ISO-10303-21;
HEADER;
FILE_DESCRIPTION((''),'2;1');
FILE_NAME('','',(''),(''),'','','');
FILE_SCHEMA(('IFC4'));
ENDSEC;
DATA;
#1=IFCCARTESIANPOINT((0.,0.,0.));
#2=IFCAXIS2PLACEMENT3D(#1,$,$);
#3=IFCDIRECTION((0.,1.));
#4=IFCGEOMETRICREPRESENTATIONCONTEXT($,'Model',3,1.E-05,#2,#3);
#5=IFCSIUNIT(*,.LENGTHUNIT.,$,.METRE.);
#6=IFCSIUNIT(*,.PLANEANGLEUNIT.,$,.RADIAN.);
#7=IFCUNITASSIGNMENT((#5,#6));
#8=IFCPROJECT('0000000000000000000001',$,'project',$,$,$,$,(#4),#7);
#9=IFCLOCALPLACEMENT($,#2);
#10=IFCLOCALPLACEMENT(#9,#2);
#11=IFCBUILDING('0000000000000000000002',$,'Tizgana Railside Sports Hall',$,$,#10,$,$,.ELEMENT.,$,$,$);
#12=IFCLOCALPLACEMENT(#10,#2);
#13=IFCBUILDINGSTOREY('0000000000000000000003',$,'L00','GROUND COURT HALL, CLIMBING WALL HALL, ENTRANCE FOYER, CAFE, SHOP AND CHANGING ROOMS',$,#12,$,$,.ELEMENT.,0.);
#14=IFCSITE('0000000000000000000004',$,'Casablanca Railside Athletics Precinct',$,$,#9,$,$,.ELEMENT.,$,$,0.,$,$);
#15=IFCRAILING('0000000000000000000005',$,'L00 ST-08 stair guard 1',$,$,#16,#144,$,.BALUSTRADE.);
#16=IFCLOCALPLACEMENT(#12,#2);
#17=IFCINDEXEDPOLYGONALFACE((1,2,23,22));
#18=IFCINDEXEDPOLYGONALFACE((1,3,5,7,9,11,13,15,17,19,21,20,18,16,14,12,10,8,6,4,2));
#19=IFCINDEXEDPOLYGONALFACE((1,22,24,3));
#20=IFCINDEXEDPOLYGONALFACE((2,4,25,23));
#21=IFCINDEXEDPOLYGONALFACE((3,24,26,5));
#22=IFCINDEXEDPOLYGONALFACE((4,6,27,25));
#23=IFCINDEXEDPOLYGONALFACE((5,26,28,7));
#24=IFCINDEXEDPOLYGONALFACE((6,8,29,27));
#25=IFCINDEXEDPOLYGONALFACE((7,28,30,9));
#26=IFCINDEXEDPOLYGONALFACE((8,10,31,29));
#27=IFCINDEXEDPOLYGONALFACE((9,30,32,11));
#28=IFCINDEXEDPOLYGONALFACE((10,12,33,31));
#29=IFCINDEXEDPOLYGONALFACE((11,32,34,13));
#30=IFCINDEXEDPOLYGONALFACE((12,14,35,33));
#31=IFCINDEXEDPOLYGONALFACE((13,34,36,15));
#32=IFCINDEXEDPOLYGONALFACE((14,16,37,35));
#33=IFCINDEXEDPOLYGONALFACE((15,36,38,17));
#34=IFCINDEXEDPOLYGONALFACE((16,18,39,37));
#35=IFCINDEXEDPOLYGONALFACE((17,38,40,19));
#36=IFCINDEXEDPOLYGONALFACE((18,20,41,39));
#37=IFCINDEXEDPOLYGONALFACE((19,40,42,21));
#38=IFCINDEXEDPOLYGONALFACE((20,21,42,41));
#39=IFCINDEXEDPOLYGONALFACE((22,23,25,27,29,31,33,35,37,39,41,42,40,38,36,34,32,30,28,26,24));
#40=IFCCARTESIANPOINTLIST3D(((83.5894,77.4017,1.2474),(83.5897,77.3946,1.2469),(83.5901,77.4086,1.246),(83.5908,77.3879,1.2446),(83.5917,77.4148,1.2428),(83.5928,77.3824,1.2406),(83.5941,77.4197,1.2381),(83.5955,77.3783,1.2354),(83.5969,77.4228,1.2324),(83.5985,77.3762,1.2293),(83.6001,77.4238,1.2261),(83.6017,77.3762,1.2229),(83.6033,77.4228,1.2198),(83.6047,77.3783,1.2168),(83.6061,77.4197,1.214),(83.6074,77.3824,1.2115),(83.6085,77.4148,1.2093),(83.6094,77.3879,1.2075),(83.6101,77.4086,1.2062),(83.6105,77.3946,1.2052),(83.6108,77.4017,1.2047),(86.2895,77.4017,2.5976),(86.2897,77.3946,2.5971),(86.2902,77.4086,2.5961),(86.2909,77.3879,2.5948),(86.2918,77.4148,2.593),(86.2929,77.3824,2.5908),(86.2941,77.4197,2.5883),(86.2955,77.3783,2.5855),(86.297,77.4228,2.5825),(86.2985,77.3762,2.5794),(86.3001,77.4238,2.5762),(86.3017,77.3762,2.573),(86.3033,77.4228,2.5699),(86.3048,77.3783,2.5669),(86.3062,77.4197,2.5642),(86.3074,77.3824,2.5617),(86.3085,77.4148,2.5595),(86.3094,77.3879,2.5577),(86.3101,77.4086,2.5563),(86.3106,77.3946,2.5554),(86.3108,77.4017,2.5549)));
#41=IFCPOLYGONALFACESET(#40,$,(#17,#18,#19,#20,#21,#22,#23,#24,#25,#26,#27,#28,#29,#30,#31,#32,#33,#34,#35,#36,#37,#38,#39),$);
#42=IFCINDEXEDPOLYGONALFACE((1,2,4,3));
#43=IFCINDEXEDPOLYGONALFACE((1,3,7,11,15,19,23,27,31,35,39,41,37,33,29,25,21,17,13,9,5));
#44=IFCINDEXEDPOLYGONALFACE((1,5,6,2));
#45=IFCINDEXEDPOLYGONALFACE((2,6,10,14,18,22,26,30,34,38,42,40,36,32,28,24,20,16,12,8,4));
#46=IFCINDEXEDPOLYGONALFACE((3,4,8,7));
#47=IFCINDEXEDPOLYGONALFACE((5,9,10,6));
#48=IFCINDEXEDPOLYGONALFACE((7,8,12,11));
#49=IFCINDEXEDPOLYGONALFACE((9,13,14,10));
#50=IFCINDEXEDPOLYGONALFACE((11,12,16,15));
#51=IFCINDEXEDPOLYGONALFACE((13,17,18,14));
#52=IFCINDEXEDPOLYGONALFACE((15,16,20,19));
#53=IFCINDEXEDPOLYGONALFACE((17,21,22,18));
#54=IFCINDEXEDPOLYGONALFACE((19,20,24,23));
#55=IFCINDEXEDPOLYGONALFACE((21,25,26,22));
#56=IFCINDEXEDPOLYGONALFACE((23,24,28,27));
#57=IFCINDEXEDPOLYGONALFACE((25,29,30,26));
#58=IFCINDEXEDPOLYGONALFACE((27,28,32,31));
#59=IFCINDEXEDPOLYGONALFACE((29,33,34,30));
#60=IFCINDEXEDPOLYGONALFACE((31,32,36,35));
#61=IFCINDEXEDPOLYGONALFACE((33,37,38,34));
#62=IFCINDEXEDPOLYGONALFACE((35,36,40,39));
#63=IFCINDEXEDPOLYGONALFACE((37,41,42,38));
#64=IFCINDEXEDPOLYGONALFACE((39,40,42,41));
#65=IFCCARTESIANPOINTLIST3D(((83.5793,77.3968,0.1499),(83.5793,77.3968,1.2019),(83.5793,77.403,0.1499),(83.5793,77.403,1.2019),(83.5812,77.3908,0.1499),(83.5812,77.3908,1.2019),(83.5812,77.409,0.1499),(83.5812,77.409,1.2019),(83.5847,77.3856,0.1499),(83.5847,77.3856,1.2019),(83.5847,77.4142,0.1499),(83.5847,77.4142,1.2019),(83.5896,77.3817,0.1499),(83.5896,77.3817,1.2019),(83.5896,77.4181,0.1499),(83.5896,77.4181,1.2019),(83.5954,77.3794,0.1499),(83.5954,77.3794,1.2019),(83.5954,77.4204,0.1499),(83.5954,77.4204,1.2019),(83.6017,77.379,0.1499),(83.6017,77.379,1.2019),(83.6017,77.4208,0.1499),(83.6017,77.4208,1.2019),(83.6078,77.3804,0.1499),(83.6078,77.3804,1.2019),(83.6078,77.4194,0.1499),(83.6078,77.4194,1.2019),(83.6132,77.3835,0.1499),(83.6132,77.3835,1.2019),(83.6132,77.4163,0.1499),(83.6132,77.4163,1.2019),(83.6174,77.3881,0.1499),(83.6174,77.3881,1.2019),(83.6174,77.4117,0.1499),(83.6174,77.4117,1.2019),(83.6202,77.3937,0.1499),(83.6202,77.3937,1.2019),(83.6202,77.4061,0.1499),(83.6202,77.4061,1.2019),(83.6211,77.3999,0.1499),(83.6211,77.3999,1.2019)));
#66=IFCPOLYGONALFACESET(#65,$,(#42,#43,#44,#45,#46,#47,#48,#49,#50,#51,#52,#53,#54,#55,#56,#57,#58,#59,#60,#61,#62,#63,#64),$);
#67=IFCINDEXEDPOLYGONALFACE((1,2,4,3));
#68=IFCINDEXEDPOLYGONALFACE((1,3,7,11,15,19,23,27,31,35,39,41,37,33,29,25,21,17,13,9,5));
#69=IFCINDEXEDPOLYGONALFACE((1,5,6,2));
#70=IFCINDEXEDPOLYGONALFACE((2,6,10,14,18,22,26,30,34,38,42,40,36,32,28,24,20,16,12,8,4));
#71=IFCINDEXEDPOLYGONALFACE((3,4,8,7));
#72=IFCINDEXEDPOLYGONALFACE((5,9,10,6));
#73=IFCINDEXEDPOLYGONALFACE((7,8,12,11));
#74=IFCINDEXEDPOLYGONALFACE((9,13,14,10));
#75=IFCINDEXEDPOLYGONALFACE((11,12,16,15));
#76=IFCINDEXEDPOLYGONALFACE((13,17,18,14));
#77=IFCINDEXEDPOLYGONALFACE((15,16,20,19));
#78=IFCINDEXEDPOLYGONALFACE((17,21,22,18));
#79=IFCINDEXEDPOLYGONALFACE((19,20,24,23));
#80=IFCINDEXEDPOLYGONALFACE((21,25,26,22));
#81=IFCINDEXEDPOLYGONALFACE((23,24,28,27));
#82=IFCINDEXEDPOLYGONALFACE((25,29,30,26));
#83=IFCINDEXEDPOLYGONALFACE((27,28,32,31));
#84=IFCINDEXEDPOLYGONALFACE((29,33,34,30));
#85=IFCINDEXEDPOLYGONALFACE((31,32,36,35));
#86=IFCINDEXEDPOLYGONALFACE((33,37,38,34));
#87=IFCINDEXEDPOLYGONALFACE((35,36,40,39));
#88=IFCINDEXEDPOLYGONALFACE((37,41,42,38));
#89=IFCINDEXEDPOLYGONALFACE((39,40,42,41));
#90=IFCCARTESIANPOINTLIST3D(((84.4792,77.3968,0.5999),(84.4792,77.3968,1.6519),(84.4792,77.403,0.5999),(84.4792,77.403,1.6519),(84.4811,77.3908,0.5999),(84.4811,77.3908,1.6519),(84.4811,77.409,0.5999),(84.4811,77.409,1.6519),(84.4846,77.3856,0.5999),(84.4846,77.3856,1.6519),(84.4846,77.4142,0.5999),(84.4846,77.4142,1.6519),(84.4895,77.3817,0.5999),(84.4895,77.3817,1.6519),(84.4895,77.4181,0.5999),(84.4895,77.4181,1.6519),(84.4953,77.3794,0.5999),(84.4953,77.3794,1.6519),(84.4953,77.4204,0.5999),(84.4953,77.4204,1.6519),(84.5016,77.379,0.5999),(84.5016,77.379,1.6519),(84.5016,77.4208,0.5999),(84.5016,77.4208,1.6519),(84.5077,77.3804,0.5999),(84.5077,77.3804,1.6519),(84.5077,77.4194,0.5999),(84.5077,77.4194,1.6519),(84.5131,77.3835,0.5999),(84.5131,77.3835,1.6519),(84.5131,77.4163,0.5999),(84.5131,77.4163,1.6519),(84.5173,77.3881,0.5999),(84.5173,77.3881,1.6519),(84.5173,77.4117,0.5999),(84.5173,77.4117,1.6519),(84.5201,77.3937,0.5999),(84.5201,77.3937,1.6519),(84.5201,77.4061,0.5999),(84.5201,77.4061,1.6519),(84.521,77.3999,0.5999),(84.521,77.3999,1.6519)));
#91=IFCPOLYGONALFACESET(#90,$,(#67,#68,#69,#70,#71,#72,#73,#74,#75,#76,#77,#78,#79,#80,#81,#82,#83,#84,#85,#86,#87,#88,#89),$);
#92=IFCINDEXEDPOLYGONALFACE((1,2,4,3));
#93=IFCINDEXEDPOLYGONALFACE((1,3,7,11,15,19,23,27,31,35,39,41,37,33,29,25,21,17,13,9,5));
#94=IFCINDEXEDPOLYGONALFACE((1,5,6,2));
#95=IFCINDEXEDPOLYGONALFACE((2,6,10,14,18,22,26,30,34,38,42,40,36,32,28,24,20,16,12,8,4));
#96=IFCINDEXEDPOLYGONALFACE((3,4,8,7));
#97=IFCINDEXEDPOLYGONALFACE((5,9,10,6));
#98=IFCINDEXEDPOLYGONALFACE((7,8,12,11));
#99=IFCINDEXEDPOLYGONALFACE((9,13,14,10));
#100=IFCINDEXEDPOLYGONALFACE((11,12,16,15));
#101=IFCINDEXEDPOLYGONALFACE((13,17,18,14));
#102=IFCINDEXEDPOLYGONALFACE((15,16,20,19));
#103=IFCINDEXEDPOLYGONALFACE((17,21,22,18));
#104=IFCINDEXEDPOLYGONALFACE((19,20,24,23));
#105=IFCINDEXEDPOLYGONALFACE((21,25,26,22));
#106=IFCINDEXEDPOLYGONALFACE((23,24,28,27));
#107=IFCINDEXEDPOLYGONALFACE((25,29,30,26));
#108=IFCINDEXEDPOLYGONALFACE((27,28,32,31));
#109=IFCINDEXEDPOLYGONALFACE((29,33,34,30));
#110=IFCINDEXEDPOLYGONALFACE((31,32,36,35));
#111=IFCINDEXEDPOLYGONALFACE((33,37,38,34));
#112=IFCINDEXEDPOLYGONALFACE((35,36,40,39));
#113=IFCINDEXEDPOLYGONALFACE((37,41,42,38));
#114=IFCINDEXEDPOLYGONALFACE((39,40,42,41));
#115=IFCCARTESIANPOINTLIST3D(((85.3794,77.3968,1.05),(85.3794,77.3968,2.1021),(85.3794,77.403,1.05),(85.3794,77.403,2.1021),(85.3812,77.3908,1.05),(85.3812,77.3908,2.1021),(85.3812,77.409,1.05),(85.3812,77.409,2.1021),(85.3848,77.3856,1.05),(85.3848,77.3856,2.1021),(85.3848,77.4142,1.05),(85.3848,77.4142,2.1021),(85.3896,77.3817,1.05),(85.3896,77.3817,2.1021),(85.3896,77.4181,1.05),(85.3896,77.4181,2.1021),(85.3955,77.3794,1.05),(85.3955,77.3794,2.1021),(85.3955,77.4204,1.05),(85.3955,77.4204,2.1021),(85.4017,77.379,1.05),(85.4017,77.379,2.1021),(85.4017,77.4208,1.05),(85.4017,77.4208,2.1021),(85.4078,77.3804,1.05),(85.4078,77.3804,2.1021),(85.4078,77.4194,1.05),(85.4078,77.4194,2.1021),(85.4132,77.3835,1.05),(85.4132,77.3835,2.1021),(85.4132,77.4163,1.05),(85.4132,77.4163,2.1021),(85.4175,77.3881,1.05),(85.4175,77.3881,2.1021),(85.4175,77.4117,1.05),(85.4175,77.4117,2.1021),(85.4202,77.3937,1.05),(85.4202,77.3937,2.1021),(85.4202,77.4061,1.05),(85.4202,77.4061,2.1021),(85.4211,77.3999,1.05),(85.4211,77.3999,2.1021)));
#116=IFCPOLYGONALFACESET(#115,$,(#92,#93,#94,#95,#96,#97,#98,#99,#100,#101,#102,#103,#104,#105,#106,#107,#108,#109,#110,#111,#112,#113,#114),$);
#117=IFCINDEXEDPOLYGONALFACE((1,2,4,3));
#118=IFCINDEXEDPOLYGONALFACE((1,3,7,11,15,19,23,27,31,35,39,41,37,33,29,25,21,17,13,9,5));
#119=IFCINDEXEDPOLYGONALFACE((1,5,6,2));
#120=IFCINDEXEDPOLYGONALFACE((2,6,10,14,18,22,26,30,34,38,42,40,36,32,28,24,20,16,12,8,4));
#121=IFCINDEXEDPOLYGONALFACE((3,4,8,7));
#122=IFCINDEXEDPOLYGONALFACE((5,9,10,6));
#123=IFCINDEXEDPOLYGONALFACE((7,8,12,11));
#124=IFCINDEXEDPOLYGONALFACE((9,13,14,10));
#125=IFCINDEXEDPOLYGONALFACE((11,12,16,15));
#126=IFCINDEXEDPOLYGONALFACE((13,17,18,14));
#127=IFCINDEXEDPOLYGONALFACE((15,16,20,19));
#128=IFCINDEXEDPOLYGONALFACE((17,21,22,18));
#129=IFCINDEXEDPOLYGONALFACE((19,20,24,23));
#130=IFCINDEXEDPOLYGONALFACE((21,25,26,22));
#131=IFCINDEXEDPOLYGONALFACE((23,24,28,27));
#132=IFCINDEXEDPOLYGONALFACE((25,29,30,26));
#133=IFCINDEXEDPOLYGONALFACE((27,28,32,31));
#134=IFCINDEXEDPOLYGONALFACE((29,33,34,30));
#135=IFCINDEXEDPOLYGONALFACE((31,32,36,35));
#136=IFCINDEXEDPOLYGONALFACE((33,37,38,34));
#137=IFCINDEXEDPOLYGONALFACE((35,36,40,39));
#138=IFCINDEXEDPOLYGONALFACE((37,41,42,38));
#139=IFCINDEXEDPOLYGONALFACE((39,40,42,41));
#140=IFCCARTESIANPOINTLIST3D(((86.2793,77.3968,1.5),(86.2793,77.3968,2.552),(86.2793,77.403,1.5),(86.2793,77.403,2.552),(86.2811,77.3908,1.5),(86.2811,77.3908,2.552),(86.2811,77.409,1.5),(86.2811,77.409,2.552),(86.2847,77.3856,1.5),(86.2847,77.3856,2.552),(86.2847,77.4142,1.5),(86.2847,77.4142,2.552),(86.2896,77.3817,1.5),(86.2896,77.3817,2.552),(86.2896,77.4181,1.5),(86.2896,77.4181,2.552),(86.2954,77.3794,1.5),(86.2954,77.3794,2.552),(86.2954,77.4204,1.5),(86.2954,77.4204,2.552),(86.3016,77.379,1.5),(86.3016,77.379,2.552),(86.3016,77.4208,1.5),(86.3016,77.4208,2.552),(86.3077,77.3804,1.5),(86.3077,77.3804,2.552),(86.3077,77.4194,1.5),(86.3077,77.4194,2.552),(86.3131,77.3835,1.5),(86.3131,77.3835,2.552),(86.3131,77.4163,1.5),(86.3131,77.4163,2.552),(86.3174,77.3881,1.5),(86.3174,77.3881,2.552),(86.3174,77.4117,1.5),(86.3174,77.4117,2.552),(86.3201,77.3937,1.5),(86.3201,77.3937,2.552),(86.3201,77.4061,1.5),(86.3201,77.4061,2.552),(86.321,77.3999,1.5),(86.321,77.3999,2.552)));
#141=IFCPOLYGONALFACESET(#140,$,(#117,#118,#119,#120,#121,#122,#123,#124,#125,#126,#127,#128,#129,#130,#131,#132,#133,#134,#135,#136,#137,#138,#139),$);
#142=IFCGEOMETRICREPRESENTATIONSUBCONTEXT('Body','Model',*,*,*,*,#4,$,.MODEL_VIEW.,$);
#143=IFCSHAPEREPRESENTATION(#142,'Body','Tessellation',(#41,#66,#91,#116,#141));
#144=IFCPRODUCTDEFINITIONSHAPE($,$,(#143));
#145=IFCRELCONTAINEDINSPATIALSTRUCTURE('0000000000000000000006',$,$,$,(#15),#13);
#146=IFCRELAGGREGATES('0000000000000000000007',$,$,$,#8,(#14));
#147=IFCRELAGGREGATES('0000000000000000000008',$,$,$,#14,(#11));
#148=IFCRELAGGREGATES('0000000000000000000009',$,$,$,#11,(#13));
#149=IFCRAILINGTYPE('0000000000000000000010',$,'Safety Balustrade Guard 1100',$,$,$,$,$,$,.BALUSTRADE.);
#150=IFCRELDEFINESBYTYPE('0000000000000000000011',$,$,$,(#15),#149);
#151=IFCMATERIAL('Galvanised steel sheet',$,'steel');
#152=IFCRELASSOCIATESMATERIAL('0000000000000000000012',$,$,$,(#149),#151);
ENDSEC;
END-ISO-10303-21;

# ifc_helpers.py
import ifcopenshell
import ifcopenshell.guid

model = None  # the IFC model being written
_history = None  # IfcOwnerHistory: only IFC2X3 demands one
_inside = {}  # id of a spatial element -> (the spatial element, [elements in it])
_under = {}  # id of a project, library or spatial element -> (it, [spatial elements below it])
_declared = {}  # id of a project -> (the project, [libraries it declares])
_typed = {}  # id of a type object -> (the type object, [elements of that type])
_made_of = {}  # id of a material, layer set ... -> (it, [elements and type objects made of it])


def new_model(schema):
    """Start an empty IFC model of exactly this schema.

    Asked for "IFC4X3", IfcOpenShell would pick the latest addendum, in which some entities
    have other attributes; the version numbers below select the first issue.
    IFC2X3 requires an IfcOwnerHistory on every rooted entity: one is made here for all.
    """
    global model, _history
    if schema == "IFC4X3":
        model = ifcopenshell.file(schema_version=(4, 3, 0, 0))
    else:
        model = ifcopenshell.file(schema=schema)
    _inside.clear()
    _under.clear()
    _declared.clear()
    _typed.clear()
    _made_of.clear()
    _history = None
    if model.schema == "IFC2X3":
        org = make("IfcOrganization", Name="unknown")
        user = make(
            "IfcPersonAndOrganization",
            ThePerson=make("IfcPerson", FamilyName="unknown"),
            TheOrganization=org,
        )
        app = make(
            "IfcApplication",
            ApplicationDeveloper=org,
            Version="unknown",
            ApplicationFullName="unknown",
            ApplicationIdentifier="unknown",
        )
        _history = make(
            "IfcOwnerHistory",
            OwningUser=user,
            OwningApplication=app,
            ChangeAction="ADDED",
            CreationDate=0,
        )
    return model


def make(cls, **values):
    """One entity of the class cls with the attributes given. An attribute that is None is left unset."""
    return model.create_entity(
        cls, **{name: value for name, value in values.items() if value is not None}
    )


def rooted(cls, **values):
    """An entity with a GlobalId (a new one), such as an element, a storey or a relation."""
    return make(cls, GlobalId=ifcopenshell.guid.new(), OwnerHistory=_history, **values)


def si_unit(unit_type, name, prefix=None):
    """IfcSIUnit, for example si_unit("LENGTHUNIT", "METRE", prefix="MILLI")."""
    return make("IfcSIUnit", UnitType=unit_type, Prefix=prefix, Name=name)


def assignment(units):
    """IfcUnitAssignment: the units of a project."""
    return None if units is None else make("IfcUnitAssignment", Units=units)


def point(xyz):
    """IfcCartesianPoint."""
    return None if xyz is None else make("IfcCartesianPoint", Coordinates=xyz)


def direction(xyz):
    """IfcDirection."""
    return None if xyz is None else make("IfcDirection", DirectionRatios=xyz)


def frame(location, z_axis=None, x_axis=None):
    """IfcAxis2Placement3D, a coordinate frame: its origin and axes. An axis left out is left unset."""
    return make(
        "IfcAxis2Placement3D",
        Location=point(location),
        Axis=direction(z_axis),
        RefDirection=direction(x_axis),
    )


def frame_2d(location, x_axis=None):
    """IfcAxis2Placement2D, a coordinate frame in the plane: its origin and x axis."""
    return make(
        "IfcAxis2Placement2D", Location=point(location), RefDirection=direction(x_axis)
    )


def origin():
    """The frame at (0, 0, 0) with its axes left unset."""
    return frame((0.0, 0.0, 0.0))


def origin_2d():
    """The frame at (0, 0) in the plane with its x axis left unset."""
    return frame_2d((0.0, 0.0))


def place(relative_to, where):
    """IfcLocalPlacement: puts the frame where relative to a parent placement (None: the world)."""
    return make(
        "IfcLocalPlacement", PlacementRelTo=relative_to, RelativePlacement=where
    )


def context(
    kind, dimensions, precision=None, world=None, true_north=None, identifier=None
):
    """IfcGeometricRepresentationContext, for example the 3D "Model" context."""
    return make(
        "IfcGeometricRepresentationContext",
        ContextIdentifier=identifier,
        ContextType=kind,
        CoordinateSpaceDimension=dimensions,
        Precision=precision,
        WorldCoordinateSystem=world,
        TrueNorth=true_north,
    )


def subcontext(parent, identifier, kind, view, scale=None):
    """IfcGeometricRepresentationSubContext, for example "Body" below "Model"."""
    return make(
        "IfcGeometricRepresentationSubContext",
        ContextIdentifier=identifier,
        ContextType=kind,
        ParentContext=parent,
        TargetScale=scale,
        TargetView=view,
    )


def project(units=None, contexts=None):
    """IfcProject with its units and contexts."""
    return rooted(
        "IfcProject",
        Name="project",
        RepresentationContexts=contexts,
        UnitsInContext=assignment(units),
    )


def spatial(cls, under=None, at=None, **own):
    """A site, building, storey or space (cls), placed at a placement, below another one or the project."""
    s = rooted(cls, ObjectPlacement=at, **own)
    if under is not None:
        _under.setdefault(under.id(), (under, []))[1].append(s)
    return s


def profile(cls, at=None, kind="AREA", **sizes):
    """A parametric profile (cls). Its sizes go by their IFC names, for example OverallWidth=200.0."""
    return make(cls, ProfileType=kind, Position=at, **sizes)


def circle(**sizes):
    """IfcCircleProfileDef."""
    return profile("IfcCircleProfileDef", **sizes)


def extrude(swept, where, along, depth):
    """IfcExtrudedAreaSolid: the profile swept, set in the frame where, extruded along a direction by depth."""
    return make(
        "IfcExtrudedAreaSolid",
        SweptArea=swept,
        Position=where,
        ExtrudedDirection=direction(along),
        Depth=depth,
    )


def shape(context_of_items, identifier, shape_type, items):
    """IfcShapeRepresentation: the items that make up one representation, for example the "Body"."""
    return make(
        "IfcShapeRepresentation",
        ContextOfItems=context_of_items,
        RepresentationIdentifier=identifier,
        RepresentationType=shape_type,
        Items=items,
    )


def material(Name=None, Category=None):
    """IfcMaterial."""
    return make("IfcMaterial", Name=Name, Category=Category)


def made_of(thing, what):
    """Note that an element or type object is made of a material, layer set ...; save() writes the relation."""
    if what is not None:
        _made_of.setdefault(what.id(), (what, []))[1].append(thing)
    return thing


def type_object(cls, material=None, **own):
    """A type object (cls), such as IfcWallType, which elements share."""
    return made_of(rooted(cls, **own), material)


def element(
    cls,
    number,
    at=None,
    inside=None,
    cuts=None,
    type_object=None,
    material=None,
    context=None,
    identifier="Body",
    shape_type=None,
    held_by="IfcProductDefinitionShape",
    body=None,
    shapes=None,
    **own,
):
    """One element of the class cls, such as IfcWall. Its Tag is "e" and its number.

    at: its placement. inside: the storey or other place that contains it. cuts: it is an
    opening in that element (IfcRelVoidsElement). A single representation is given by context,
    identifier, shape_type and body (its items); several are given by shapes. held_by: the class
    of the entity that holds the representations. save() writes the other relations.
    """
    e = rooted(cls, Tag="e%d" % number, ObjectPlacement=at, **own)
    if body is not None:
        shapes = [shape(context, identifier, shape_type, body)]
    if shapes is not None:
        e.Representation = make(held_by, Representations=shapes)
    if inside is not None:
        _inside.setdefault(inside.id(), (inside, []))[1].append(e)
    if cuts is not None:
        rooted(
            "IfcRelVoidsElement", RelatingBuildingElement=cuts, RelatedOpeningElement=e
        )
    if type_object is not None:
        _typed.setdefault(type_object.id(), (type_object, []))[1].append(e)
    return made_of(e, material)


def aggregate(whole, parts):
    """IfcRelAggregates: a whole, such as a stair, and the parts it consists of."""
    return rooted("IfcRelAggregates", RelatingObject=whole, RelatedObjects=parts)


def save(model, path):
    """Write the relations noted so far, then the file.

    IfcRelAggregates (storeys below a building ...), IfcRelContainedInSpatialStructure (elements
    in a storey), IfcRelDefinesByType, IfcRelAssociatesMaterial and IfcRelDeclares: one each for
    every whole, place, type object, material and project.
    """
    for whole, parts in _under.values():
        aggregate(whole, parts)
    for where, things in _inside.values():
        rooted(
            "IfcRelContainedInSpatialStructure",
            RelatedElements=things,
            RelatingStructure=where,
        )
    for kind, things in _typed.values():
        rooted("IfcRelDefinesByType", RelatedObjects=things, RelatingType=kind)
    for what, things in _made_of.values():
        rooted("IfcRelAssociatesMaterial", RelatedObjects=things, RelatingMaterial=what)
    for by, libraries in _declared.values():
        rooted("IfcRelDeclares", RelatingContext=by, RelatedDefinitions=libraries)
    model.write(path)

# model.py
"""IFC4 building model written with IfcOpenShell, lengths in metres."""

from ifc_helpers import new_model, si_unit, direction, frame, origin, origin_2d, place, context, subcontext, project, spatial, circle, extrude, material, type_object, element, save


model = new_model("IFC4")

# Units and contexts
model_context = context("Model", 3, precision=1e-05, world=origin(), true_north=direction((0.0, 1.0)))
body_context = subcontext(model_context, "Body", "Model", "MODEL_VIEW")
ifc_project = project(units=[si_unit("LENGTHUNIT", "METRE"), si_unit("PLANEANGLEUNIT", "RADIAN")], contexts=[model_context])

# Site, building, storey
site_placement = place(None, origin())
site = spatial("IfcSite", under=ifc_project, at=site_placement, Name="Casablanca Railside Athletics Precinct", CompositionType="ELEMENT", RefElevation=0.0)
building_placement = place(site_placement, origin())
building = spatial("IfcBuilding", under=site, at=building_placement, Name="Tizgana Railside Sports Hall", CompositionType="ELEMENT")
storey_placement = place(building_placement, origin())
storey = spatial("IfcBuildingStorey", under=building, at=storey_placement, Name="L00", Description="GROUND COURT HALL, CLIMBING WALL HALL, ENTRANCE FOYER, CAFE, SHOP AND CHANGING ROOMS", CompositionType="ELEMENT", Elevation=0.0)

# Shared definitions
ifc_material_1 = material(Name="Galvanised steel sheet", Category="steel")

# Railing
railing_type_1 = type_object("IfcRailingType", Name="Safety Balustrade Guard 1100", PredefinedType="BALUSTRADE", material=ifc_material_1)
railing_1_placement = place(storey_placement, frame((83.6001, 77.3999, 0.1499)))
element("IfcRailing", 1, at=railing_1_placement, inside=storey, type_object=railing_type_1, Name="L00 ST-08 stair guard 1", PredefinedType="BALUSTRADE", context=body_context, shape_type="SweptSolid", body=[
    extrude(circle(Radius=0.0239, at=origin_2d()), frame((0.0, 0.0, 1.0762), z_axis=(0.894411, 0.0, 0.447246), x_axis=(0.0, 1.0, 0.0)), (0.0, 0.0, 1.0), 3.0188),
    extrude(circle(Radius=0.021, at=origin_2d()), origin(), (0.0, 0.0, 1.0), 1.052),
    extrude(circle(Radius=0.021, at=origin_2d()), frame((0.8999, 0.0, 0.45)), (0.0, 0.0, 1.0), 1.052),
    extrude(circle(Radius=0.021, at=origin_2d()), frame((1.8, 0.0, 0.9001)), (0.0, 0.0, 1.0), 1.052),
    extrude(circle(Radius=0.021, at=origin_2d()), frame((2.7, 0.0, 1.3501)), (0.0, 0.0, 1.0), 1.052),
])

save(model, "model.ifc")
